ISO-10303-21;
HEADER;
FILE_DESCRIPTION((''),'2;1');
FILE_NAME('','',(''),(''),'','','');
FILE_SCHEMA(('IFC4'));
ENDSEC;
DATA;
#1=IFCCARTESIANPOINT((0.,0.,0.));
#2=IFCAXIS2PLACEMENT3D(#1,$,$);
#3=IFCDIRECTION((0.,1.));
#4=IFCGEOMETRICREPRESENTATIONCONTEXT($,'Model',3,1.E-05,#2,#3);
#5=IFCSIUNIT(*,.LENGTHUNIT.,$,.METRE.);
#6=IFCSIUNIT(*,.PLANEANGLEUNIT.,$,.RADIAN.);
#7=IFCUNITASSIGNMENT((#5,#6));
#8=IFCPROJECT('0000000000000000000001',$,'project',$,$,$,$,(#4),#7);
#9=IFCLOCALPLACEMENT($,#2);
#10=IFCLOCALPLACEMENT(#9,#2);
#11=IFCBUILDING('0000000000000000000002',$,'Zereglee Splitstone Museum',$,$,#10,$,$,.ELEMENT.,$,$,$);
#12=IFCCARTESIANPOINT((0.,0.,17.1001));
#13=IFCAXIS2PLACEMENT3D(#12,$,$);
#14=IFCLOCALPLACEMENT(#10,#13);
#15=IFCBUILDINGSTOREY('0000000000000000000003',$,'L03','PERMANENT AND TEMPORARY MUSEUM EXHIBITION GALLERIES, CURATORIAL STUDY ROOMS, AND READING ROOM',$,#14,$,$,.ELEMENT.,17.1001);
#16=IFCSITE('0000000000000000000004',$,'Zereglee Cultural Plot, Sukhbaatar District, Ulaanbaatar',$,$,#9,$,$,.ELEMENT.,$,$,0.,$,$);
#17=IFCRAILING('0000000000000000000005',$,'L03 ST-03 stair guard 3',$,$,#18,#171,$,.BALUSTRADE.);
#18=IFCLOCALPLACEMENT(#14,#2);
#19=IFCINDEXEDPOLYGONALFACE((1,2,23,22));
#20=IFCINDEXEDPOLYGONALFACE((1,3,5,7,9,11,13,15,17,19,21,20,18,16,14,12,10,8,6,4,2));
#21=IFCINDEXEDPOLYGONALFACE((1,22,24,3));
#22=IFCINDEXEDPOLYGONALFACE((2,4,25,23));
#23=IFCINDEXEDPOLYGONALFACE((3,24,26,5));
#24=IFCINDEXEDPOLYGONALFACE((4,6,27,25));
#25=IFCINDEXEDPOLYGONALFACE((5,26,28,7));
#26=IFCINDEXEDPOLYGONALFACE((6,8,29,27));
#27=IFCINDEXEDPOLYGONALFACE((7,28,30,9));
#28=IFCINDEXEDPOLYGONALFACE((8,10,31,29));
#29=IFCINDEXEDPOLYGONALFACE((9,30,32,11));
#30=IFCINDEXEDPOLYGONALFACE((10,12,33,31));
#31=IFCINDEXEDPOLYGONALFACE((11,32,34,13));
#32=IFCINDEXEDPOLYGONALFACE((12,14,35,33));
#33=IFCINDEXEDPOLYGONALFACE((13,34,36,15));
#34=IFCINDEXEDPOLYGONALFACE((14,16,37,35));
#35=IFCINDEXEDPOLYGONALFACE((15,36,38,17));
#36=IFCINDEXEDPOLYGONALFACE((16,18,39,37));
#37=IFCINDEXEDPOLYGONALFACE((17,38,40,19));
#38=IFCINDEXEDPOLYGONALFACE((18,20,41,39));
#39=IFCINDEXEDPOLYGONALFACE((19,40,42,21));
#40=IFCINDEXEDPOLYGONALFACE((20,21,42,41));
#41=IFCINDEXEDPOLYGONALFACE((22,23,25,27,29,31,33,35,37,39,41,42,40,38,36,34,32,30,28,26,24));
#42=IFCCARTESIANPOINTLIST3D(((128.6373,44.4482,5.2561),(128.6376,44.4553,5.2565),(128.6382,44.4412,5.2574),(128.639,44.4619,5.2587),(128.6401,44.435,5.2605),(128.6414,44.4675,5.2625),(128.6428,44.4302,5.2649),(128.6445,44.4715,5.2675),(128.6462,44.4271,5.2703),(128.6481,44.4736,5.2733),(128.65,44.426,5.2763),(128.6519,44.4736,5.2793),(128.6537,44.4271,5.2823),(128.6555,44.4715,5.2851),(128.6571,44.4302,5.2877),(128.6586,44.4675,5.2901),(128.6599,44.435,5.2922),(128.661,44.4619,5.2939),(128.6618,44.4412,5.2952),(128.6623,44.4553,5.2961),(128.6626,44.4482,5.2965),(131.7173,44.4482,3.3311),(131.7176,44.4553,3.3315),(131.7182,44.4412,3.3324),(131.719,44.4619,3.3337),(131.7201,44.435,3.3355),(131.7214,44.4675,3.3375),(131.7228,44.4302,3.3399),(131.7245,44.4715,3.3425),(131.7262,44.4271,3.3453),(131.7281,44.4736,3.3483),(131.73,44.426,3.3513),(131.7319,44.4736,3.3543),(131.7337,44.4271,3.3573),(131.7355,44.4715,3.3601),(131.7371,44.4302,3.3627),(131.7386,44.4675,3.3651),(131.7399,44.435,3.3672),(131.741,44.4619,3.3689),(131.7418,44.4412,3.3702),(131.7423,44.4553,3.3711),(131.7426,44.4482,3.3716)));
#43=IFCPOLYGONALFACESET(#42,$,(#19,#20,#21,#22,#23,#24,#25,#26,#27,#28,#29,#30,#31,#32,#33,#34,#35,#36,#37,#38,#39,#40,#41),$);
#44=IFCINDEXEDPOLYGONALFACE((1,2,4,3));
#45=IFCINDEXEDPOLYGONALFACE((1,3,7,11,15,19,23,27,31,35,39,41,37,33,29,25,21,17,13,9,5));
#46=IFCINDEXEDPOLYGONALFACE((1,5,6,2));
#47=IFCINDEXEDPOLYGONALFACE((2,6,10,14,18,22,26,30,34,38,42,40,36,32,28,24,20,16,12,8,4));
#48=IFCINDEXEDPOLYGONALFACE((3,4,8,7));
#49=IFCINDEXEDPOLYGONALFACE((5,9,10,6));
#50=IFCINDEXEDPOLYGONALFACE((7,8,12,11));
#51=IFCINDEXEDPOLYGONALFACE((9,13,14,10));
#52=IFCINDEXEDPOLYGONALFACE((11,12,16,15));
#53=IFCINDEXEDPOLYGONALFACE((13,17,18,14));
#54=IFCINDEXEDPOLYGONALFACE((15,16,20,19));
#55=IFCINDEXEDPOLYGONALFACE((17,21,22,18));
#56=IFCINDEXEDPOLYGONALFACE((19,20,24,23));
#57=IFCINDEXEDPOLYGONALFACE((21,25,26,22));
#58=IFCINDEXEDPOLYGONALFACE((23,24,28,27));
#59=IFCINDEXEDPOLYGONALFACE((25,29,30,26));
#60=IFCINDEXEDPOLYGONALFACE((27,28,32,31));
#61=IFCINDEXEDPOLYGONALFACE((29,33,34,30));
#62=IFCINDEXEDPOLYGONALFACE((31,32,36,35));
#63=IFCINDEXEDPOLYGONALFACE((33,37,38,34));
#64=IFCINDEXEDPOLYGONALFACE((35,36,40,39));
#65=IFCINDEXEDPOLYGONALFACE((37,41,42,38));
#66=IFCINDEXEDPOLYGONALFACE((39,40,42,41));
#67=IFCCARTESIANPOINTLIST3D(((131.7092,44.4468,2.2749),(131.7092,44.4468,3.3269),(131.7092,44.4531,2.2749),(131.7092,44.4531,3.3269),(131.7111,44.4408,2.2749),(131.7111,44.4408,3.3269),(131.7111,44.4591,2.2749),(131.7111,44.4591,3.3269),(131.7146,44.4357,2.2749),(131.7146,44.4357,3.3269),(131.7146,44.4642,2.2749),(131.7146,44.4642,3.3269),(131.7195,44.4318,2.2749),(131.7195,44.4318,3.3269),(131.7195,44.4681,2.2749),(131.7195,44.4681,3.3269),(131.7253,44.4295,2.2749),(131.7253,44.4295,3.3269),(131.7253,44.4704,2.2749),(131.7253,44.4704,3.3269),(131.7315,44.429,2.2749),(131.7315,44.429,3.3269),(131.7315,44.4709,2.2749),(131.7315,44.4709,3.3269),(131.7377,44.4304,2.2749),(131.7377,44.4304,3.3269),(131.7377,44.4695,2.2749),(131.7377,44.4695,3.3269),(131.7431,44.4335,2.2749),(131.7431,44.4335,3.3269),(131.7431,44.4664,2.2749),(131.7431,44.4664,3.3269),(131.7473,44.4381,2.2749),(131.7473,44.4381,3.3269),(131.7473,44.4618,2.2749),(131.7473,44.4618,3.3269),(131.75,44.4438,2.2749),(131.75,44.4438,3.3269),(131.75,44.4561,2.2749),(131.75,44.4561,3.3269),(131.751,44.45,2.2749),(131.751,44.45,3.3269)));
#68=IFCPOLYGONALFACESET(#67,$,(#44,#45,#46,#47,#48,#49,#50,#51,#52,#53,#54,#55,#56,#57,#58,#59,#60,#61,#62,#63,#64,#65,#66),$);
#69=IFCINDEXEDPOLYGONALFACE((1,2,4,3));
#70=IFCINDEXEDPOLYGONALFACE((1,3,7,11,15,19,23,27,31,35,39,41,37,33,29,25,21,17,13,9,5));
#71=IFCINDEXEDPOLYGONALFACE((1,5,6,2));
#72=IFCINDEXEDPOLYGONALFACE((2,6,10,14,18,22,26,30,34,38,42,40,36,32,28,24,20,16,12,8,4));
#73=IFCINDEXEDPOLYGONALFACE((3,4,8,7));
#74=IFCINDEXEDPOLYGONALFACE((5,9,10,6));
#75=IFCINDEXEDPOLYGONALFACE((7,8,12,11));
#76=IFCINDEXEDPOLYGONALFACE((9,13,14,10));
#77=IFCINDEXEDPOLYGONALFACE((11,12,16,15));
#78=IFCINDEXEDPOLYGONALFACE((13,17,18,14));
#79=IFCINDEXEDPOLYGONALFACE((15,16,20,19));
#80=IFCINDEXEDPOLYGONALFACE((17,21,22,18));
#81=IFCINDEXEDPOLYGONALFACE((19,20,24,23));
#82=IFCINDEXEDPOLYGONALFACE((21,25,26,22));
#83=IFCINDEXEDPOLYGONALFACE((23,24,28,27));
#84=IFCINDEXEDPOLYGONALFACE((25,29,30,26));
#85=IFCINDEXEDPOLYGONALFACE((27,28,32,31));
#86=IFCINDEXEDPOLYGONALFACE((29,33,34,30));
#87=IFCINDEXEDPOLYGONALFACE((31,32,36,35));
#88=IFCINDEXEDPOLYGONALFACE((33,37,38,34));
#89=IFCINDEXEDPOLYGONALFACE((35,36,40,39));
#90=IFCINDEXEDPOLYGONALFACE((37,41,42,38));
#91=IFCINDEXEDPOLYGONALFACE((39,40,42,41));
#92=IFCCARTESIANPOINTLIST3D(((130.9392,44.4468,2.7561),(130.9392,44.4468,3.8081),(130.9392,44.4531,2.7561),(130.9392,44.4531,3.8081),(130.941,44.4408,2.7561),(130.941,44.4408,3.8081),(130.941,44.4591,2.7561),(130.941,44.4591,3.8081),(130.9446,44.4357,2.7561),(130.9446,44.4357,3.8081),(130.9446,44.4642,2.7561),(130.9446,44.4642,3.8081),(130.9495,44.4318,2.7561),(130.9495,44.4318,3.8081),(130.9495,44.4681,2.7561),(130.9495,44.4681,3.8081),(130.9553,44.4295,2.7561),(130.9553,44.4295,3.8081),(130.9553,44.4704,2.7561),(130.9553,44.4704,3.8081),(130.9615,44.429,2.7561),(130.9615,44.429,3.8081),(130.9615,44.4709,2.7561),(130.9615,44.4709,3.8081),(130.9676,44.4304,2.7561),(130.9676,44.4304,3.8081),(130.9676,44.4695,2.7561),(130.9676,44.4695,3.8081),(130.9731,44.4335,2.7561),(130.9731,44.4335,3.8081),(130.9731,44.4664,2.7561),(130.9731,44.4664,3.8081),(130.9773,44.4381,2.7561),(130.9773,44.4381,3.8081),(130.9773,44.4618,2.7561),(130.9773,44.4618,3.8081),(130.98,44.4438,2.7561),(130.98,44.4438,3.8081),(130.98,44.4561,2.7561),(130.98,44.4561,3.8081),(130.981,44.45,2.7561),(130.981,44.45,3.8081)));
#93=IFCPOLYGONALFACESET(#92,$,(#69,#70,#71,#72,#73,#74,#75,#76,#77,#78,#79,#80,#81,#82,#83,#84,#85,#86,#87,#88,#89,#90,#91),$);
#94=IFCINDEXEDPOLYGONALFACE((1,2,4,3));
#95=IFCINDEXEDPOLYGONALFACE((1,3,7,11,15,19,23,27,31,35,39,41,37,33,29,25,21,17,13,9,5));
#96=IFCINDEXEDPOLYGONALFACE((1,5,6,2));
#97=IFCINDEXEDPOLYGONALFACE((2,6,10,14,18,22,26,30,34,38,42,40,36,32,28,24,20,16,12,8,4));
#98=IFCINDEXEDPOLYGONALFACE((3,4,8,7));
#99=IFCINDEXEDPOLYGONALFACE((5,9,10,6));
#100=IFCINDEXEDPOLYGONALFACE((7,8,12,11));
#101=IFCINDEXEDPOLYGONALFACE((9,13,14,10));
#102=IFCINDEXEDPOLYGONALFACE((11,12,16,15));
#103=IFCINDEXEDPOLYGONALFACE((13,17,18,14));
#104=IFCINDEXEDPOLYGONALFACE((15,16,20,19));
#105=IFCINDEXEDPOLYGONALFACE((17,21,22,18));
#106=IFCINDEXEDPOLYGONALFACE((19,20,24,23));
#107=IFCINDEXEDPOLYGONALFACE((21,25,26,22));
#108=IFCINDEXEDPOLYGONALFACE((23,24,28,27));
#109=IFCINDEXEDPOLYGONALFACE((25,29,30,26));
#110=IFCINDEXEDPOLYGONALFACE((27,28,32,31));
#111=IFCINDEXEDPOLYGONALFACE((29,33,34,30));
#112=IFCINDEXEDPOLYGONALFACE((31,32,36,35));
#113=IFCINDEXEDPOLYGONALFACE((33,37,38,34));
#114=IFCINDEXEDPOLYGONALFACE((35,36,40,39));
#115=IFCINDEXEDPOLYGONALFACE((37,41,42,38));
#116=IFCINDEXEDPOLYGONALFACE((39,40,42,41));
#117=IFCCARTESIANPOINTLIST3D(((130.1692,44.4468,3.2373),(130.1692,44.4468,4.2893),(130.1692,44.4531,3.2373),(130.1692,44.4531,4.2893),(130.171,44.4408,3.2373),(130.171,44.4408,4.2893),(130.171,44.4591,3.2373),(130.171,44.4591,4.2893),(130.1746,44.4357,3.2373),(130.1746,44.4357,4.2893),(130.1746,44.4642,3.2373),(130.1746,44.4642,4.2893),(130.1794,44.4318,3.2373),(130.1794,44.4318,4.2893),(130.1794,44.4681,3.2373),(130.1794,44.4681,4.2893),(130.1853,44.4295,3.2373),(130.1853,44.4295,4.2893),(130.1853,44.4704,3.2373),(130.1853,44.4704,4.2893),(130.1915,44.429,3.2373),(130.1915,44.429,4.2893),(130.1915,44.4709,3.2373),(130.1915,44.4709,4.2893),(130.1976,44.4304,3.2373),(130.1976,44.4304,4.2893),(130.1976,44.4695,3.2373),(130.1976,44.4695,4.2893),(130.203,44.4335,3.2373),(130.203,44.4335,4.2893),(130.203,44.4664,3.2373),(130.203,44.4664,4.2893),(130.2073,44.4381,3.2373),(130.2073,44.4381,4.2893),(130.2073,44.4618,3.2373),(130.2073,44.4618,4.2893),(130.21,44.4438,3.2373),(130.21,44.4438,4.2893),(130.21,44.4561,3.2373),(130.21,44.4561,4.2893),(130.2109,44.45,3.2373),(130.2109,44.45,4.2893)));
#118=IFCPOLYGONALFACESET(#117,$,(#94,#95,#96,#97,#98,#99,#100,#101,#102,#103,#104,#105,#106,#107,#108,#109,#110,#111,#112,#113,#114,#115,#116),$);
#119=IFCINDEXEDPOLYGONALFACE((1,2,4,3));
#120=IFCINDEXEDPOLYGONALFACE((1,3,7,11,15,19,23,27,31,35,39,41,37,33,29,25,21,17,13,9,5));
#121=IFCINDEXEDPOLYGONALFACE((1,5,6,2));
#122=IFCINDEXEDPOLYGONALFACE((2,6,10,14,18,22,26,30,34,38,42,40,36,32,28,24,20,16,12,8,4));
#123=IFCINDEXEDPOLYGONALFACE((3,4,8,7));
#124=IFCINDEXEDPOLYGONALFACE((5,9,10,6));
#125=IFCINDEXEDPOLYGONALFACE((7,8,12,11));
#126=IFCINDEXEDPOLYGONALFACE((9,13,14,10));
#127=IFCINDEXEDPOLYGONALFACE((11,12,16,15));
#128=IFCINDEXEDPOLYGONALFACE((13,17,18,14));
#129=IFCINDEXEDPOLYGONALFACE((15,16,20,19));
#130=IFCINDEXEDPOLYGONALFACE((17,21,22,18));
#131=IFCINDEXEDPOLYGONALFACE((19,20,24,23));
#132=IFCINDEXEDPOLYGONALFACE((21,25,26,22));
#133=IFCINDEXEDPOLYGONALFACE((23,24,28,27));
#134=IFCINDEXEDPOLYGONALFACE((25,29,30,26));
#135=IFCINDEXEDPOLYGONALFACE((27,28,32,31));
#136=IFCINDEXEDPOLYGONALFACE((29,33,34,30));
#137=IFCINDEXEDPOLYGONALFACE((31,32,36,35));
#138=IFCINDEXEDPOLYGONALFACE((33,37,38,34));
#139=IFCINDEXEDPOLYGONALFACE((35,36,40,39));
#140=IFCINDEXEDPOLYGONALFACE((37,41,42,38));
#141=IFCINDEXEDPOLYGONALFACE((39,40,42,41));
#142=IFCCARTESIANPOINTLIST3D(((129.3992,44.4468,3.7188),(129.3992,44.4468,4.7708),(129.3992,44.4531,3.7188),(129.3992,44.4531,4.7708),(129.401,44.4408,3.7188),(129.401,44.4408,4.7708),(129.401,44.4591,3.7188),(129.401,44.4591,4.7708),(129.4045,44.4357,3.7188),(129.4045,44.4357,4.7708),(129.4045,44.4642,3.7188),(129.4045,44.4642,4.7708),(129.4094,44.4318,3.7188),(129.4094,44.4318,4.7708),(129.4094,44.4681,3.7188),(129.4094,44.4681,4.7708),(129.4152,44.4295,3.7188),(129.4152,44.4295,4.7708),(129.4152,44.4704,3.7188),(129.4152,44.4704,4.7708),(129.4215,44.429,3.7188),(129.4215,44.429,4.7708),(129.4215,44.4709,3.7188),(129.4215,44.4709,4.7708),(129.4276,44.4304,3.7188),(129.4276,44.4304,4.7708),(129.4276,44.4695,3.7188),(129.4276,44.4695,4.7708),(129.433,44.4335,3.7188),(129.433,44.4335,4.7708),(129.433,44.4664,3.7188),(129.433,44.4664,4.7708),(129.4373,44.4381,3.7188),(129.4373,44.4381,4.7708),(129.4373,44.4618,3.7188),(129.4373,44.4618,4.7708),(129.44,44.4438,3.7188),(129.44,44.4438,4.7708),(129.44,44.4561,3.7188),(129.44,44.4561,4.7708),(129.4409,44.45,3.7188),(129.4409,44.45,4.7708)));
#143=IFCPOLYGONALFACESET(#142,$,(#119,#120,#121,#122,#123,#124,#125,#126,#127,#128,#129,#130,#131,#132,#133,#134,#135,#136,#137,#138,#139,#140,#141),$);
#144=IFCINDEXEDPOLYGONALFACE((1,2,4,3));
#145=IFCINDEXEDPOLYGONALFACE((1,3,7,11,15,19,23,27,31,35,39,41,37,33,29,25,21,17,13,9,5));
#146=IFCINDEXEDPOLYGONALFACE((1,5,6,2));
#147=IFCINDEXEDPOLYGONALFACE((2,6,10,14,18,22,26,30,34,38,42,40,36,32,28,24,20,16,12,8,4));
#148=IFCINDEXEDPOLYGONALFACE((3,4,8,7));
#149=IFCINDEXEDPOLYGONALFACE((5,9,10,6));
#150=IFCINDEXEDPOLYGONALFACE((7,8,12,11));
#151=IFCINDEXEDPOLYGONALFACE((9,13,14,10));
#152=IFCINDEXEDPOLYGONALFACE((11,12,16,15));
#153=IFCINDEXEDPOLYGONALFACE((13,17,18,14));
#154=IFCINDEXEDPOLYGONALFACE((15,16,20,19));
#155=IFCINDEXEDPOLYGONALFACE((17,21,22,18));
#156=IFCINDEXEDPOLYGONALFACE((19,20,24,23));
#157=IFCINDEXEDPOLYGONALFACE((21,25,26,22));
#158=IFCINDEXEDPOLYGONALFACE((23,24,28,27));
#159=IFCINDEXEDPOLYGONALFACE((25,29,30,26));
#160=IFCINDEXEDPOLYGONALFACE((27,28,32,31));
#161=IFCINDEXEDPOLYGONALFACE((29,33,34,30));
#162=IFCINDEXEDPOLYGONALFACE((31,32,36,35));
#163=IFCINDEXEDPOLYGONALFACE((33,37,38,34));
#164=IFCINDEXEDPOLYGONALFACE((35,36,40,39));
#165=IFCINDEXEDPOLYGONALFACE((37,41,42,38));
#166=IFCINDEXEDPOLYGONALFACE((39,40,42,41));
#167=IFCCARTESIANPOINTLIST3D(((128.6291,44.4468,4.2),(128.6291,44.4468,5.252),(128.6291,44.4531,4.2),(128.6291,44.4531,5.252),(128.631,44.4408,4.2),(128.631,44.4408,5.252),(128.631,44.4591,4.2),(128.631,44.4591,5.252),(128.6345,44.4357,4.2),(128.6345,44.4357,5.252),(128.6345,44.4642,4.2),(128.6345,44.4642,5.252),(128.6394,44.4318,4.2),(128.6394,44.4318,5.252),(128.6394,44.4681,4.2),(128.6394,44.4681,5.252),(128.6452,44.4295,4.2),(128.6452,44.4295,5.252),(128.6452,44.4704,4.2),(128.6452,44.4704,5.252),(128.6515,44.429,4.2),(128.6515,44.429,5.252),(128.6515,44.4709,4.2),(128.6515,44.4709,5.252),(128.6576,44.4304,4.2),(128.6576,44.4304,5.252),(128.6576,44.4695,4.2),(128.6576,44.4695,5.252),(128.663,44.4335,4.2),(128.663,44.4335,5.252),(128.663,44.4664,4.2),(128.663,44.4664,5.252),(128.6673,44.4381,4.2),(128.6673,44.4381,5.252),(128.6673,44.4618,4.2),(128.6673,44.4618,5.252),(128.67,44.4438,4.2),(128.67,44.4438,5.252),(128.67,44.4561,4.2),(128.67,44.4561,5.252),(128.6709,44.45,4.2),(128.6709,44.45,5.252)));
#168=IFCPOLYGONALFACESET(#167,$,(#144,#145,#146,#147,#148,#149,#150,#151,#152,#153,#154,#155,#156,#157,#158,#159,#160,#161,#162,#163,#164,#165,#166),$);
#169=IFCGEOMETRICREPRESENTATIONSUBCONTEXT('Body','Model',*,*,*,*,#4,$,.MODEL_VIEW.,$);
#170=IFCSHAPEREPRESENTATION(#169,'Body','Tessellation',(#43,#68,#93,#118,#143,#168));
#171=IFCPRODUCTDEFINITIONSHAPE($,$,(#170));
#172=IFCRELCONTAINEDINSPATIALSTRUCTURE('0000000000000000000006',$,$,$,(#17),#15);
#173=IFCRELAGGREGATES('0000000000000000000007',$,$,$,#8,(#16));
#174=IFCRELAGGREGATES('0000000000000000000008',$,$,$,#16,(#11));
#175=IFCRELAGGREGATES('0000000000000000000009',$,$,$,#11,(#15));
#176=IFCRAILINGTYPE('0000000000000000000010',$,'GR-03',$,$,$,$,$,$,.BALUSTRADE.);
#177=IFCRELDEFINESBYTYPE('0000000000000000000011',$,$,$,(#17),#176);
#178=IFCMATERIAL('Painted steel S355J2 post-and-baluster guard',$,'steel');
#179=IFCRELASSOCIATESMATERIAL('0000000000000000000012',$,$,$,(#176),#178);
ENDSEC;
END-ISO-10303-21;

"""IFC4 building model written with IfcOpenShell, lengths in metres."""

from ifc_helpers import new_model, si_unit, direction, frame, origin, origin_2d, place, context, subcontext, project, spatial, circle, extrude, material, type_object, element, save


model = new_model("IFC4")

# Units and contexts
model_context = context("Model", 3, precision=1e-05, world=origin(), true_north=direction((0.0, 1.0)))
body_context = subcontext(model_context, "Body", "Model", "MODEL_VIEW")
ifc_project = project(units=[si_unit("LENGTHUNIT", "METRE"), si_unit("PLANEANGLEUNIT", "RADIAN")], contexts=[model_context])

# Site, building, storey
site_placement = place(None, origin())
site = spatial("IfcSite", under=ifc_project, at=site_placement, Name="Zereglee Cultural Plot, Sukhbaatar District, Ulaanbaatar", CompositionType="ELEMENT", RefElevation=0.0)
building_placement = place(site_placement, origin())
building = spatial("IfcBuilding", under=site, at=building_placement, Name="Zereglee Splitstone Museum", CompositionType="ELEMENT")
storey_placement = place(building_placement, frame((0.0, 0.0, 17.1001)))
storey = spatial("IfcBuildingStorey", under=building, at=storey_placement, Name="L03", Description="PERMANENT AND TEMPORARY MUSEUM EXHIBITION GALLERIES, CURATORIAL STUDY ROOMS, AND READING ROOM", CompositionType="ELEMENT", Elevation=17.1001)

# Railing
ifc_material_1 = material(Name="Painted steel S355J2 post-and-baluster guard", Category="steel")
railing_type_1 = type_object("IfcRailingType", Name="GR-03", PredefinedType="BALUSTRADE", material=ifc_material_1)
railing_1_placement = place(storey_placement, frame((131.73, 44.45, 2.2749)))
element("IfcRailing", 1, at=railing_1_placement, inside=storey, type_object=railing_type_1, Name="L03 ST-03 stair guard 3", PredefinedType="BALUSTRADE", context=body_context, shape_type="SweptSolid", body=[
    extrude(circle(Radius=0.0239, at=origin_2d()), frame((0.0, 0.0, 1.0764), z_axis=(-0.847998, 0.0, 0.529999), x_axis=(0.0, -1.0, 0.0)), (0.0, 0.0, 1.0), 3.6321),
    extrude(circle(Radius=0.021, at=origin_2d()), origin(), (0.0, 0.0, 1.0), 1.052),
    extrude(circle(Radius=0.021, at=origin_2d()), frame((-0.77, 0.0, 0.4812)), (0.0, 0.0, 1.0), 1.052),
    extrude(circle(Radius=0.021, at=origin_2d()), frame((-1.54, 0.0, 0.9624)), (0.0, 0.0, 1.0), 1.052),
    extrude(circle(Radius=0.021, at=origin_2d()), frame((-2.3101, 0.0, 1.4438)), (0.0, 0.0, 1.0), 1.052),
    extrude(circle(Radius=0.021, at=origin_2d()), frame((-3.0801, 0.0, 1.925)), (0.0, 0.0, 1.0), 1.052),
])

save(model, "model.ifc")
